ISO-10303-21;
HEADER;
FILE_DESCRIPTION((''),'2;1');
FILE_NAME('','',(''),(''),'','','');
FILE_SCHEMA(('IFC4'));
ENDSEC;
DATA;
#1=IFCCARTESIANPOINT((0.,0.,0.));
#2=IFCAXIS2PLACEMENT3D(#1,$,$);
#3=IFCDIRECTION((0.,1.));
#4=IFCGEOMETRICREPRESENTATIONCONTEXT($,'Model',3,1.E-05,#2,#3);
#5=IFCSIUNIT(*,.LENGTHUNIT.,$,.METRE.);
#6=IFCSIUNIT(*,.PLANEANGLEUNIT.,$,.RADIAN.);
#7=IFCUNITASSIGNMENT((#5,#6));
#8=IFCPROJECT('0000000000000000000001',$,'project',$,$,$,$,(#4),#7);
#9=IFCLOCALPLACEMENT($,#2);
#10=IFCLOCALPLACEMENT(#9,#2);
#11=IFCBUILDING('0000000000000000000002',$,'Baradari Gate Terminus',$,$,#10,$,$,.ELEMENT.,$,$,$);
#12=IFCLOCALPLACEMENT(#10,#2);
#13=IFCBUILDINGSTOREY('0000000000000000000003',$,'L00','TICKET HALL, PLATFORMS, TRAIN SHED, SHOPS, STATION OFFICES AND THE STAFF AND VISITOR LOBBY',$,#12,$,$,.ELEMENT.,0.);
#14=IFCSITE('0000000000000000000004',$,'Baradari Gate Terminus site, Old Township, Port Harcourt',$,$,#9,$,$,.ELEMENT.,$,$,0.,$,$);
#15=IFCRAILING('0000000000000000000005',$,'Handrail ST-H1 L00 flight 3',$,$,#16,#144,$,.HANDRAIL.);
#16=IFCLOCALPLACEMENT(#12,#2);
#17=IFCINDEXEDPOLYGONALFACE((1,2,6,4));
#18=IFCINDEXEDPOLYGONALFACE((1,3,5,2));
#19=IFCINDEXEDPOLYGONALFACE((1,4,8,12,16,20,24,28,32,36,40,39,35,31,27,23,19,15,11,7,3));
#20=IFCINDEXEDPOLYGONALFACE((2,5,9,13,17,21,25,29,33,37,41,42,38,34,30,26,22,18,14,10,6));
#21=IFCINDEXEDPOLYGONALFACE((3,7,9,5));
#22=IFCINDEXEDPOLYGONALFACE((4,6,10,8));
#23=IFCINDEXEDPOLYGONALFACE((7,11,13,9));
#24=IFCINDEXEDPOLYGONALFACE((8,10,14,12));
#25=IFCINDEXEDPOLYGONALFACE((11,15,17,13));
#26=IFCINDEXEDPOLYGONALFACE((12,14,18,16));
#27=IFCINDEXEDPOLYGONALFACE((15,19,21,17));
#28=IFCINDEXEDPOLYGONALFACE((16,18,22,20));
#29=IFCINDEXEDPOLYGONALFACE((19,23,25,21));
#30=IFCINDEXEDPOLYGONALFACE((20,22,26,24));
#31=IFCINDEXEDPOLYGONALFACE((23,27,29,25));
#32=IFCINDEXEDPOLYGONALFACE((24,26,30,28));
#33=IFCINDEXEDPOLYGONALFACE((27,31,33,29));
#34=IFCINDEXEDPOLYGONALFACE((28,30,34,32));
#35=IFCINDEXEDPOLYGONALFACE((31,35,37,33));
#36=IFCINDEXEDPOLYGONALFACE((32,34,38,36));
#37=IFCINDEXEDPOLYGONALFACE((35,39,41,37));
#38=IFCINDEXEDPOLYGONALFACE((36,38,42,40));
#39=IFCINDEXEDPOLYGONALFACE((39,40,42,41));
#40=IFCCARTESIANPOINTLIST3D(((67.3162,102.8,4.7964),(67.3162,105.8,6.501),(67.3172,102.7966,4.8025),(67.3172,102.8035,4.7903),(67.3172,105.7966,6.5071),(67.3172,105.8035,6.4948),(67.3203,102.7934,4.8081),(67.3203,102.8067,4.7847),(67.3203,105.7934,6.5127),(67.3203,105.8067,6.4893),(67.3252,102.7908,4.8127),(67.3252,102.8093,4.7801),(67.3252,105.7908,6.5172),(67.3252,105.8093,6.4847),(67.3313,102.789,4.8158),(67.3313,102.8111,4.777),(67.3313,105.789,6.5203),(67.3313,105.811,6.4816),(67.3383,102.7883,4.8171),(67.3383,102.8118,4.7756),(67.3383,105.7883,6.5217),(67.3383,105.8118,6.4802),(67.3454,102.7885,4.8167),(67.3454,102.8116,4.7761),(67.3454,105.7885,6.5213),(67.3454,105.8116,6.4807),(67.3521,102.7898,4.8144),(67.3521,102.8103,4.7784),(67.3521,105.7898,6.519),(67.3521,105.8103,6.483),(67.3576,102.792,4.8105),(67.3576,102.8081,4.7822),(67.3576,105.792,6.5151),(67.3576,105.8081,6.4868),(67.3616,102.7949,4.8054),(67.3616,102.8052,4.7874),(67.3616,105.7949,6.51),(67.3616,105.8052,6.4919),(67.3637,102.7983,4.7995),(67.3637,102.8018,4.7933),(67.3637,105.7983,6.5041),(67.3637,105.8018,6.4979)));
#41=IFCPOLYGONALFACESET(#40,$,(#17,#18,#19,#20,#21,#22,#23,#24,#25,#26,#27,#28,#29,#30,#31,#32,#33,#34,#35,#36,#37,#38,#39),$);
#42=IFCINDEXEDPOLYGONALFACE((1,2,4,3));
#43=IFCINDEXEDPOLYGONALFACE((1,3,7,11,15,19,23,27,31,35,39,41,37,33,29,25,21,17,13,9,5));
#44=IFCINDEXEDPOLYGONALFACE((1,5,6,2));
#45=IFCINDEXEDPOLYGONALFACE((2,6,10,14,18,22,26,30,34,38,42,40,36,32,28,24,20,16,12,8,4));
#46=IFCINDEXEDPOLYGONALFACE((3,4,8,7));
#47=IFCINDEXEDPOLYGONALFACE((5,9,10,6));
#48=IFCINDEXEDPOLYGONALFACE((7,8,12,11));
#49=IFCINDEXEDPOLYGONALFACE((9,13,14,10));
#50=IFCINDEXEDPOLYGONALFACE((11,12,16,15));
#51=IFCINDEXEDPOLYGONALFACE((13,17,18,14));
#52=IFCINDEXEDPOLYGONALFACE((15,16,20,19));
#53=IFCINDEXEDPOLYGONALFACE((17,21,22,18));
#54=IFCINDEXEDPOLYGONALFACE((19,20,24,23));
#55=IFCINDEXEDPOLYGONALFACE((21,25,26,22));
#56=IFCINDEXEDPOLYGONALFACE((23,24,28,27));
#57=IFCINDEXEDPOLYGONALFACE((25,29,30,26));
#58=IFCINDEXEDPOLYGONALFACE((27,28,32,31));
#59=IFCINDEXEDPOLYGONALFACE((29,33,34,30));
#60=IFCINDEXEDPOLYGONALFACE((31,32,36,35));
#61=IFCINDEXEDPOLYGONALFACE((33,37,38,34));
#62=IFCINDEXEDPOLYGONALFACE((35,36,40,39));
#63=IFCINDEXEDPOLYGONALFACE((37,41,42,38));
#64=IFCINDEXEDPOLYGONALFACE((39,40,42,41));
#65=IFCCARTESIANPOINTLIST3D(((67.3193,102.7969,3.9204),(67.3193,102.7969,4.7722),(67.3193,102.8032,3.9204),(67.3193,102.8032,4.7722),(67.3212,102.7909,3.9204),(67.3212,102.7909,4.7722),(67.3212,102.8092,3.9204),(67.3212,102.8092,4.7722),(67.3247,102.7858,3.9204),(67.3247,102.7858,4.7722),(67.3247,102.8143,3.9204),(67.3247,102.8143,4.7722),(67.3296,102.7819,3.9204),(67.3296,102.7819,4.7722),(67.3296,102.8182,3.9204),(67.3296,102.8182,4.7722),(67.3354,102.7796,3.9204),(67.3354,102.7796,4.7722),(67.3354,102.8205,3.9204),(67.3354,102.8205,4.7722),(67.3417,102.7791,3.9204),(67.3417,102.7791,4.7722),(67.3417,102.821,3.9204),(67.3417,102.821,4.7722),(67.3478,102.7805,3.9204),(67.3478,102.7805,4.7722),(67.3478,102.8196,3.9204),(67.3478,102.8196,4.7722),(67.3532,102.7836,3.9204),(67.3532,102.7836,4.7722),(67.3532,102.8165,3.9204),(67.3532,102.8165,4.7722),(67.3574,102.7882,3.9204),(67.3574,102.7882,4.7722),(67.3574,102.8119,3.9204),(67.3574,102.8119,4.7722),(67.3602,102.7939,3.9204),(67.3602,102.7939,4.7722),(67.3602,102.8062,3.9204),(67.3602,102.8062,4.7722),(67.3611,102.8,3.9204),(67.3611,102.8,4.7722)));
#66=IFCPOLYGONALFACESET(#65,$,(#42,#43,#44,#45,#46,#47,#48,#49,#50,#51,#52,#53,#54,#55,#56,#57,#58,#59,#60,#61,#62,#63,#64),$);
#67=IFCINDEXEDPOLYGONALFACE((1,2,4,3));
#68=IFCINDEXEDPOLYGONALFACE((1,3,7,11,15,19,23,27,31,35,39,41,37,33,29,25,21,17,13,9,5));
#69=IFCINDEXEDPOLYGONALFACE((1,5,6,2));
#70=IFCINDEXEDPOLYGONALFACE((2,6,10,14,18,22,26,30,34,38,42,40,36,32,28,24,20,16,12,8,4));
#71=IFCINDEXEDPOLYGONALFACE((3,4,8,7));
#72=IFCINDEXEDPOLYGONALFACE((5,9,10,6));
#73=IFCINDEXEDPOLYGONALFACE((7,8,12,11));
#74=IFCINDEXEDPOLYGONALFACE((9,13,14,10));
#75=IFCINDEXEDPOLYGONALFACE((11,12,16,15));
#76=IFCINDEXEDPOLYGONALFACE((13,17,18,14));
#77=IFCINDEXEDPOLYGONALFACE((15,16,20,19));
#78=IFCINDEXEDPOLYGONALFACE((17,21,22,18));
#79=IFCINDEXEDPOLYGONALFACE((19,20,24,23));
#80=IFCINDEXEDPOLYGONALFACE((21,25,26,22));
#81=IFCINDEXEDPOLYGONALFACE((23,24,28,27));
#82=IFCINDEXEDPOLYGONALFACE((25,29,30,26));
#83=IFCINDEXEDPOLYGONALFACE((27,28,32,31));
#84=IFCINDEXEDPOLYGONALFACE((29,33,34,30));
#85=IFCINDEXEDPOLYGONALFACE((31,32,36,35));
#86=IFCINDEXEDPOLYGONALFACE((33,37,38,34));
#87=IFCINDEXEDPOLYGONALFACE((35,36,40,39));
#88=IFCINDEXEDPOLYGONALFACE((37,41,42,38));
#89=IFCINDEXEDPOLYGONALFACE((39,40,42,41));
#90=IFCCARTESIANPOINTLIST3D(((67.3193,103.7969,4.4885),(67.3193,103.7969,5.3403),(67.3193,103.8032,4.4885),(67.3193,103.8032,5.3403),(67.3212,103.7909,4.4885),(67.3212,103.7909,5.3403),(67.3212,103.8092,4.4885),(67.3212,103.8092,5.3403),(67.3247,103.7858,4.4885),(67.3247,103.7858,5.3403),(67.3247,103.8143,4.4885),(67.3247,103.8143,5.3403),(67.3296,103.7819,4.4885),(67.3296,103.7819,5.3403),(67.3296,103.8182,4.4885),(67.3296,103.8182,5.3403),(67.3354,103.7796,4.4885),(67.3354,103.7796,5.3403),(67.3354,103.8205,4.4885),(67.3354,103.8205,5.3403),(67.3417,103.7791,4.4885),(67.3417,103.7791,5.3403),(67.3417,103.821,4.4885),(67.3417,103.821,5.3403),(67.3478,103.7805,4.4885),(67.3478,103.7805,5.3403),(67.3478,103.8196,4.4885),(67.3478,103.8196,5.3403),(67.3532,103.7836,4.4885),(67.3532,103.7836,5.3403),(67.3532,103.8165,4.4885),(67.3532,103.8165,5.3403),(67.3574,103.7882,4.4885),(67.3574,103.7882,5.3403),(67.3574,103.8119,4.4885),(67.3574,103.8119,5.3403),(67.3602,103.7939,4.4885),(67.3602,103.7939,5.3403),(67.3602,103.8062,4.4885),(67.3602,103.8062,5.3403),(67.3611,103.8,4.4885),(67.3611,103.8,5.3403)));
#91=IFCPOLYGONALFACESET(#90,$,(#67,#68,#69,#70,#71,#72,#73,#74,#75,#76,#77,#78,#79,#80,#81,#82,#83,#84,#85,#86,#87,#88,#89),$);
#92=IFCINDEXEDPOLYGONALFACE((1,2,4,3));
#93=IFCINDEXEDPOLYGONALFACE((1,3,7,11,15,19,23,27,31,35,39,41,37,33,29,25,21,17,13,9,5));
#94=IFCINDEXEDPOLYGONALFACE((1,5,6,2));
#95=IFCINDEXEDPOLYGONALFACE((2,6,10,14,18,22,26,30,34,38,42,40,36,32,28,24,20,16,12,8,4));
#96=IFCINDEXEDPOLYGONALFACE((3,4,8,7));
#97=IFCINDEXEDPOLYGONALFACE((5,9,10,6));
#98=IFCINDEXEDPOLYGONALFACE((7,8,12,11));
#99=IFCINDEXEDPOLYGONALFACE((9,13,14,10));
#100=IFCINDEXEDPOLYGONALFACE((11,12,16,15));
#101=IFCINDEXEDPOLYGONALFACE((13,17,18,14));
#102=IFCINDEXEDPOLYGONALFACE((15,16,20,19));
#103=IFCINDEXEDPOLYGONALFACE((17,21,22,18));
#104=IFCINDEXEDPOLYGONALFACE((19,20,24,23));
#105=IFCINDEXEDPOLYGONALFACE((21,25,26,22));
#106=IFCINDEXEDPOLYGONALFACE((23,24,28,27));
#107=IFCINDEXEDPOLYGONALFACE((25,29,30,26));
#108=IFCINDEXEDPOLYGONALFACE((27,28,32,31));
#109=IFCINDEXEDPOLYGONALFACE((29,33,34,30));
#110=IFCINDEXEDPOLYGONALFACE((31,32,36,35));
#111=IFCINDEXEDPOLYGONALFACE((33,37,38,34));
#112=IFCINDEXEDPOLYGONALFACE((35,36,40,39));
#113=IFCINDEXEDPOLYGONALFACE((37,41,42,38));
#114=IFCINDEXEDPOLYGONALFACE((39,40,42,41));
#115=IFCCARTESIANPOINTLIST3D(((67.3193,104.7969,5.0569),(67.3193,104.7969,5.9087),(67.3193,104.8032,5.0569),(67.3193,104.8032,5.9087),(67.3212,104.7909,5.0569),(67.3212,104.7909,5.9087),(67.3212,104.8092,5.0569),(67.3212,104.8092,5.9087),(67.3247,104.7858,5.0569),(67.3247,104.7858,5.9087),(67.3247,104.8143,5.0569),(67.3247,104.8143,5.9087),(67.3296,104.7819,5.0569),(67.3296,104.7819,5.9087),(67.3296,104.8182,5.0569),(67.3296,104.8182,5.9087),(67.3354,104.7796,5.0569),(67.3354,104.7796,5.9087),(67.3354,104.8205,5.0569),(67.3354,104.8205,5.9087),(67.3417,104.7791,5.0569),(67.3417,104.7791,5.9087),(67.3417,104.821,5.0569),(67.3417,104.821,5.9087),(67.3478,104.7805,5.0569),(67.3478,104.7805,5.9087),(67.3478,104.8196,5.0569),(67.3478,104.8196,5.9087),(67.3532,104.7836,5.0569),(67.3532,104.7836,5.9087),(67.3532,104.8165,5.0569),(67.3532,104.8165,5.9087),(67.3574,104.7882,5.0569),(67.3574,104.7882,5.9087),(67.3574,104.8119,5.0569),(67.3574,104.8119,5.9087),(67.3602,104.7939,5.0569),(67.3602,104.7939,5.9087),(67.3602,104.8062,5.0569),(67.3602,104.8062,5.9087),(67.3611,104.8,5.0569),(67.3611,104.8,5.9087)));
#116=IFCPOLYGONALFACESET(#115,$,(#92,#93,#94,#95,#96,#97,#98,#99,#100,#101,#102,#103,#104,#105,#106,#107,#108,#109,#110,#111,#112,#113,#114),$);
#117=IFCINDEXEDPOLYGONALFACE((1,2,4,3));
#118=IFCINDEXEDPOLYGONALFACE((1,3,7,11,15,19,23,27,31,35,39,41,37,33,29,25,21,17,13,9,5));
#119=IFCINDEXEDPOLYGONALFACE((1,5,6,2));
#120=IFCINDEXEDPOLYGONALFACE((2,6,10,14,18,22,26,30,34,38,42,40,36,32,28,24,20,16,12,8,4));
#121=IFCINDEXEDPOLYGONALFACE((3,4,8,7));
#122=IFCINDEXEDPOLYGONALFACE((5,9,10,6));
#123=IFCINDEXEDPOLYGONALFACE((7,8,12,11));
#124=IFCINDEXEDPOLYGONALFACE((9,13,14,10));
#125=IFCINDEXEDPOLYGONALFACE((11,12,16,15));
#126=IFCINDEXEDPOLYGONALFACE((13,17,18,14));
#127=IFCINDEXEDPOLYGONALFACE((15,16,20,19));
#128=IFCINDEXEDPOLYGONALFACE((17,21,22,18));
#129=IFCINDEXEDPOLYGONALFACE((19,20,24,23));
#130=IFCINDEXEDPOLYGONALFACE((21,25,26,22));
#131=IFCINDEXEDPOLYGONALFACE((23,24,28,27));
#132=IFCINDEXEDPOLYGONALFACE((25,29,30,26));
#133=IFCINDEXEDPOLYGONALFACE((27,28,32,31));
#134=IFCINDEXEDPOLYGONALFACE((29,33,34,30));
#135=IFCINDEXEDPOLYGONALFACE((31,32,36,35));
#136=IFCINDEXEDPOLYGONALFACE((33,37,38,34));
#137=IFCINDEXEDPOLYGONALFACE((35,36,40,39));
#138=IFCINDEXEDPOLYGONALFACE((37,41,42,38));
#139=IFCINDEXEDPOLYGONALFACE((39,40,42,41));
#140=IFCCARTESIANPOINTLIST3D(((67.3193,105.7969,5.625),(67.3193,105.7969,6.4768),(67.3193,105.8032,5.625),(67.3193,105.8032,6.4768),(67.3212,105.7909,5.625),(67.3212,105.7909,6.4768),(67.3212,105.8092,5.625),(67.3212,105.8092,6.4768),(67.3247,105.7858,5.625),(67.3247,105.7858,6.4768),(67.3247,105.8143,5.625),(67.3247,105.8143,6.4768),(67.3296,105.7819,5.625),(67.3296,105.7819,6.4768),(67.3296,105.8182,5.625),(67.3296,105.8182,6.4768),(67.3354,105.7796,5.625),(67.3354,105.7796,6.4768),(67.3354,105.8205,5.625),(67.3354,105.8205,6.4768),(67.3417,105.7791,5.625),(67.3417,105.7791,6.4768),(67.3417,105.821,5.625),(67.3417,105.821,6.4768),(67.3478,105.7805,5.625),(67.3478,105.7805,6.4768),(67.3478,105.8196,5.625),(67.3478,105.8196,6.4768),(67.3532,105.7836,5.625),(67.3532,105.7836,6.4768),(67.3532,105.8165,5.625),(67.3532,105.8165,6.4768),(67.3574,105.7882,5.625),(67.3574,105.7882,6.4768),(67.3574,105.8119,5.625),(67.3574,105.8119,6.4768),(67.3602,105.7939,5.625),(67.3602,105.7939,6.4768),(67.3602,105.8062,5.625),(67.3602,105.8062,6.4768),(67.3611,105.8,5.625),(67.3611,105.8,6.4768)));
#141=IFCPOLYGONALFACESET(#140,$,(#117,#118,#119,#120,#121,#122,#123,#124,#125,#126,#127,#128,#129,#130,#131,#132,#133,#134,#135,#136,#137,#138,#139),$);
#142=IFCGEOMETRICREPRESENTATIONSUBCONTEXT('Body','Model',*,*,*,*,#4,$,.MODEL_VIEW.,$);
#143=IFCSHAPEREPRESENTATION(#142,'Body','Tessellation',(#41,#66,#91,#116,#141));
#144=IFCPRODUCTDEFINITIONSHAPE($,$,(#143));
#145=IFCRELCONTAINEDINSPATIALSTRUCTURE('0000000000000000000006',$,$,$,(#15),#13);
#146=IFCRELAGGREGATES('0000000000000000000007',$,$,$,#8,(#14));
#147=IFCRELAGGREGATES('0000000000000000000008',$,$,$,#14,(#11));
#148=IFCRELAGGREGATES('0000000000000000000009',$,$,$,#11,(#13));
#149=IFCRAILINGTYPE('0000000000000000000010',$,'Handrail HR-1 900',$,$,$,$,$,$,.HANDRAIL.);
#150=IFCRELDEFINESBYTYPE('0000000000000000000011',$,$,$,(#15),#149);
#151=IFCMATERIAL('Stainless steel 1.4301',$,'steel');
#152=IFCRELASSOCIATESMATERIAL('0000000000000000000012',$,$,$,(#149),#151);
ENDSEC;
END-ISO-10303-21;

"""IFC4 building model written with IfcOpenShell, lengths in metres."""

from ifc_helpers import new_model, si_unit, direction, frame, origin, origin_2d, place, context, subcontext, project, spatial, circle, extrude, material, type_object, element, save


model = new_model("IFC4")

# Units and contexts
model_context = context("Model", 3, precision=1e-05, world=origin(), true_north=direction((0.0, 1.0)))
body_context = subcontext(model_context, "Body", "Model", "MODEL_VIEW")
ifc_project = project(units=[si_unit("LENGTHUNIT", "METRE"), si_unit("PLANEANGLEUNIT", "RADIAN")], contexts=[model_context])

# Site, building, storey
site_placement = place(None, origin())
site = spatial("IfcSite", under=ifc_project, at=site_placement, Name="Baradari Gate Terminus site, Old Township, Port Harcourt", CompositionType="ELEMENT", RefElevation=0.0)
building_placement = place(site_placement, origin())
building = spatial("IfcBuilding", under=site, at=building_placement, Name="Baradari Gate Terminus", CompositionType="ELEMENT")
storey_placement = place(building_placement, origin())
storey = spatial("IfcBuildingStorey", under=building, at=storey_placement, Name="L00", Description="TICKET HALL, PLATFORMS, TRAIN SHED, SHOPS, STATION OFFICES AND THE STAFF AND VISITOR LOBBY", CompositionType="ELEMENT", Elevation=0.0)

# Railing
ifc_material_1 = material(Name="Stainless steel 1.4301", Category="steel")
railing_type_1 = type_object("IfcRailingType", Name="Handrail HR-1 900", PredefinedType="HANDRAIL", material=ifc_material_1)
for number, where, name in (
    (1, (67.3401, 102.8, 3.9204), "Handrail ST-H1 L00 flight 3"),
):
    element("IfcRailing", number, at=place(storey_placement, frame(where)), inside=storey, type_object=railing_type_1, Name=name, PredefinedType="HANDRAIL", context=body_context, shape_type="SweptSolid", body=[
        extrude(circle(Radius=0.0239, at=origin_2d()), frame((0.0, 0.0, 0.876), z_axis=(0.0, 0.869451, 0.494019), x_axis=(-1.0, 0.0, 0.0)), (0.0, 0.0, 1.0), 3.4504),
        extrude(circle(Radius=0.021, at=origin_2d()), origin(), (0.0, 0.0, 1.0), 0.8518),
        extrude(circle(Radius=0.021, at=origin_2d()), frame((0.0, 1.0, 0.5681)), (0.0, 0.0, 1.0), 0.8518),
        extrude(circle(Radius=0.021, at=origin_2d()), frame((0.0, 2.0, 1.1365)), (0.0, 0.0, 1.0), 0.8518),
        extrude(circle(Radius=0.021, at=origin_2d()), frame((0.0, 3.0, 1.7046)), (0.0, 0.0, 1.0), 0.8518),
    ])

save(model, "model.ifc")
